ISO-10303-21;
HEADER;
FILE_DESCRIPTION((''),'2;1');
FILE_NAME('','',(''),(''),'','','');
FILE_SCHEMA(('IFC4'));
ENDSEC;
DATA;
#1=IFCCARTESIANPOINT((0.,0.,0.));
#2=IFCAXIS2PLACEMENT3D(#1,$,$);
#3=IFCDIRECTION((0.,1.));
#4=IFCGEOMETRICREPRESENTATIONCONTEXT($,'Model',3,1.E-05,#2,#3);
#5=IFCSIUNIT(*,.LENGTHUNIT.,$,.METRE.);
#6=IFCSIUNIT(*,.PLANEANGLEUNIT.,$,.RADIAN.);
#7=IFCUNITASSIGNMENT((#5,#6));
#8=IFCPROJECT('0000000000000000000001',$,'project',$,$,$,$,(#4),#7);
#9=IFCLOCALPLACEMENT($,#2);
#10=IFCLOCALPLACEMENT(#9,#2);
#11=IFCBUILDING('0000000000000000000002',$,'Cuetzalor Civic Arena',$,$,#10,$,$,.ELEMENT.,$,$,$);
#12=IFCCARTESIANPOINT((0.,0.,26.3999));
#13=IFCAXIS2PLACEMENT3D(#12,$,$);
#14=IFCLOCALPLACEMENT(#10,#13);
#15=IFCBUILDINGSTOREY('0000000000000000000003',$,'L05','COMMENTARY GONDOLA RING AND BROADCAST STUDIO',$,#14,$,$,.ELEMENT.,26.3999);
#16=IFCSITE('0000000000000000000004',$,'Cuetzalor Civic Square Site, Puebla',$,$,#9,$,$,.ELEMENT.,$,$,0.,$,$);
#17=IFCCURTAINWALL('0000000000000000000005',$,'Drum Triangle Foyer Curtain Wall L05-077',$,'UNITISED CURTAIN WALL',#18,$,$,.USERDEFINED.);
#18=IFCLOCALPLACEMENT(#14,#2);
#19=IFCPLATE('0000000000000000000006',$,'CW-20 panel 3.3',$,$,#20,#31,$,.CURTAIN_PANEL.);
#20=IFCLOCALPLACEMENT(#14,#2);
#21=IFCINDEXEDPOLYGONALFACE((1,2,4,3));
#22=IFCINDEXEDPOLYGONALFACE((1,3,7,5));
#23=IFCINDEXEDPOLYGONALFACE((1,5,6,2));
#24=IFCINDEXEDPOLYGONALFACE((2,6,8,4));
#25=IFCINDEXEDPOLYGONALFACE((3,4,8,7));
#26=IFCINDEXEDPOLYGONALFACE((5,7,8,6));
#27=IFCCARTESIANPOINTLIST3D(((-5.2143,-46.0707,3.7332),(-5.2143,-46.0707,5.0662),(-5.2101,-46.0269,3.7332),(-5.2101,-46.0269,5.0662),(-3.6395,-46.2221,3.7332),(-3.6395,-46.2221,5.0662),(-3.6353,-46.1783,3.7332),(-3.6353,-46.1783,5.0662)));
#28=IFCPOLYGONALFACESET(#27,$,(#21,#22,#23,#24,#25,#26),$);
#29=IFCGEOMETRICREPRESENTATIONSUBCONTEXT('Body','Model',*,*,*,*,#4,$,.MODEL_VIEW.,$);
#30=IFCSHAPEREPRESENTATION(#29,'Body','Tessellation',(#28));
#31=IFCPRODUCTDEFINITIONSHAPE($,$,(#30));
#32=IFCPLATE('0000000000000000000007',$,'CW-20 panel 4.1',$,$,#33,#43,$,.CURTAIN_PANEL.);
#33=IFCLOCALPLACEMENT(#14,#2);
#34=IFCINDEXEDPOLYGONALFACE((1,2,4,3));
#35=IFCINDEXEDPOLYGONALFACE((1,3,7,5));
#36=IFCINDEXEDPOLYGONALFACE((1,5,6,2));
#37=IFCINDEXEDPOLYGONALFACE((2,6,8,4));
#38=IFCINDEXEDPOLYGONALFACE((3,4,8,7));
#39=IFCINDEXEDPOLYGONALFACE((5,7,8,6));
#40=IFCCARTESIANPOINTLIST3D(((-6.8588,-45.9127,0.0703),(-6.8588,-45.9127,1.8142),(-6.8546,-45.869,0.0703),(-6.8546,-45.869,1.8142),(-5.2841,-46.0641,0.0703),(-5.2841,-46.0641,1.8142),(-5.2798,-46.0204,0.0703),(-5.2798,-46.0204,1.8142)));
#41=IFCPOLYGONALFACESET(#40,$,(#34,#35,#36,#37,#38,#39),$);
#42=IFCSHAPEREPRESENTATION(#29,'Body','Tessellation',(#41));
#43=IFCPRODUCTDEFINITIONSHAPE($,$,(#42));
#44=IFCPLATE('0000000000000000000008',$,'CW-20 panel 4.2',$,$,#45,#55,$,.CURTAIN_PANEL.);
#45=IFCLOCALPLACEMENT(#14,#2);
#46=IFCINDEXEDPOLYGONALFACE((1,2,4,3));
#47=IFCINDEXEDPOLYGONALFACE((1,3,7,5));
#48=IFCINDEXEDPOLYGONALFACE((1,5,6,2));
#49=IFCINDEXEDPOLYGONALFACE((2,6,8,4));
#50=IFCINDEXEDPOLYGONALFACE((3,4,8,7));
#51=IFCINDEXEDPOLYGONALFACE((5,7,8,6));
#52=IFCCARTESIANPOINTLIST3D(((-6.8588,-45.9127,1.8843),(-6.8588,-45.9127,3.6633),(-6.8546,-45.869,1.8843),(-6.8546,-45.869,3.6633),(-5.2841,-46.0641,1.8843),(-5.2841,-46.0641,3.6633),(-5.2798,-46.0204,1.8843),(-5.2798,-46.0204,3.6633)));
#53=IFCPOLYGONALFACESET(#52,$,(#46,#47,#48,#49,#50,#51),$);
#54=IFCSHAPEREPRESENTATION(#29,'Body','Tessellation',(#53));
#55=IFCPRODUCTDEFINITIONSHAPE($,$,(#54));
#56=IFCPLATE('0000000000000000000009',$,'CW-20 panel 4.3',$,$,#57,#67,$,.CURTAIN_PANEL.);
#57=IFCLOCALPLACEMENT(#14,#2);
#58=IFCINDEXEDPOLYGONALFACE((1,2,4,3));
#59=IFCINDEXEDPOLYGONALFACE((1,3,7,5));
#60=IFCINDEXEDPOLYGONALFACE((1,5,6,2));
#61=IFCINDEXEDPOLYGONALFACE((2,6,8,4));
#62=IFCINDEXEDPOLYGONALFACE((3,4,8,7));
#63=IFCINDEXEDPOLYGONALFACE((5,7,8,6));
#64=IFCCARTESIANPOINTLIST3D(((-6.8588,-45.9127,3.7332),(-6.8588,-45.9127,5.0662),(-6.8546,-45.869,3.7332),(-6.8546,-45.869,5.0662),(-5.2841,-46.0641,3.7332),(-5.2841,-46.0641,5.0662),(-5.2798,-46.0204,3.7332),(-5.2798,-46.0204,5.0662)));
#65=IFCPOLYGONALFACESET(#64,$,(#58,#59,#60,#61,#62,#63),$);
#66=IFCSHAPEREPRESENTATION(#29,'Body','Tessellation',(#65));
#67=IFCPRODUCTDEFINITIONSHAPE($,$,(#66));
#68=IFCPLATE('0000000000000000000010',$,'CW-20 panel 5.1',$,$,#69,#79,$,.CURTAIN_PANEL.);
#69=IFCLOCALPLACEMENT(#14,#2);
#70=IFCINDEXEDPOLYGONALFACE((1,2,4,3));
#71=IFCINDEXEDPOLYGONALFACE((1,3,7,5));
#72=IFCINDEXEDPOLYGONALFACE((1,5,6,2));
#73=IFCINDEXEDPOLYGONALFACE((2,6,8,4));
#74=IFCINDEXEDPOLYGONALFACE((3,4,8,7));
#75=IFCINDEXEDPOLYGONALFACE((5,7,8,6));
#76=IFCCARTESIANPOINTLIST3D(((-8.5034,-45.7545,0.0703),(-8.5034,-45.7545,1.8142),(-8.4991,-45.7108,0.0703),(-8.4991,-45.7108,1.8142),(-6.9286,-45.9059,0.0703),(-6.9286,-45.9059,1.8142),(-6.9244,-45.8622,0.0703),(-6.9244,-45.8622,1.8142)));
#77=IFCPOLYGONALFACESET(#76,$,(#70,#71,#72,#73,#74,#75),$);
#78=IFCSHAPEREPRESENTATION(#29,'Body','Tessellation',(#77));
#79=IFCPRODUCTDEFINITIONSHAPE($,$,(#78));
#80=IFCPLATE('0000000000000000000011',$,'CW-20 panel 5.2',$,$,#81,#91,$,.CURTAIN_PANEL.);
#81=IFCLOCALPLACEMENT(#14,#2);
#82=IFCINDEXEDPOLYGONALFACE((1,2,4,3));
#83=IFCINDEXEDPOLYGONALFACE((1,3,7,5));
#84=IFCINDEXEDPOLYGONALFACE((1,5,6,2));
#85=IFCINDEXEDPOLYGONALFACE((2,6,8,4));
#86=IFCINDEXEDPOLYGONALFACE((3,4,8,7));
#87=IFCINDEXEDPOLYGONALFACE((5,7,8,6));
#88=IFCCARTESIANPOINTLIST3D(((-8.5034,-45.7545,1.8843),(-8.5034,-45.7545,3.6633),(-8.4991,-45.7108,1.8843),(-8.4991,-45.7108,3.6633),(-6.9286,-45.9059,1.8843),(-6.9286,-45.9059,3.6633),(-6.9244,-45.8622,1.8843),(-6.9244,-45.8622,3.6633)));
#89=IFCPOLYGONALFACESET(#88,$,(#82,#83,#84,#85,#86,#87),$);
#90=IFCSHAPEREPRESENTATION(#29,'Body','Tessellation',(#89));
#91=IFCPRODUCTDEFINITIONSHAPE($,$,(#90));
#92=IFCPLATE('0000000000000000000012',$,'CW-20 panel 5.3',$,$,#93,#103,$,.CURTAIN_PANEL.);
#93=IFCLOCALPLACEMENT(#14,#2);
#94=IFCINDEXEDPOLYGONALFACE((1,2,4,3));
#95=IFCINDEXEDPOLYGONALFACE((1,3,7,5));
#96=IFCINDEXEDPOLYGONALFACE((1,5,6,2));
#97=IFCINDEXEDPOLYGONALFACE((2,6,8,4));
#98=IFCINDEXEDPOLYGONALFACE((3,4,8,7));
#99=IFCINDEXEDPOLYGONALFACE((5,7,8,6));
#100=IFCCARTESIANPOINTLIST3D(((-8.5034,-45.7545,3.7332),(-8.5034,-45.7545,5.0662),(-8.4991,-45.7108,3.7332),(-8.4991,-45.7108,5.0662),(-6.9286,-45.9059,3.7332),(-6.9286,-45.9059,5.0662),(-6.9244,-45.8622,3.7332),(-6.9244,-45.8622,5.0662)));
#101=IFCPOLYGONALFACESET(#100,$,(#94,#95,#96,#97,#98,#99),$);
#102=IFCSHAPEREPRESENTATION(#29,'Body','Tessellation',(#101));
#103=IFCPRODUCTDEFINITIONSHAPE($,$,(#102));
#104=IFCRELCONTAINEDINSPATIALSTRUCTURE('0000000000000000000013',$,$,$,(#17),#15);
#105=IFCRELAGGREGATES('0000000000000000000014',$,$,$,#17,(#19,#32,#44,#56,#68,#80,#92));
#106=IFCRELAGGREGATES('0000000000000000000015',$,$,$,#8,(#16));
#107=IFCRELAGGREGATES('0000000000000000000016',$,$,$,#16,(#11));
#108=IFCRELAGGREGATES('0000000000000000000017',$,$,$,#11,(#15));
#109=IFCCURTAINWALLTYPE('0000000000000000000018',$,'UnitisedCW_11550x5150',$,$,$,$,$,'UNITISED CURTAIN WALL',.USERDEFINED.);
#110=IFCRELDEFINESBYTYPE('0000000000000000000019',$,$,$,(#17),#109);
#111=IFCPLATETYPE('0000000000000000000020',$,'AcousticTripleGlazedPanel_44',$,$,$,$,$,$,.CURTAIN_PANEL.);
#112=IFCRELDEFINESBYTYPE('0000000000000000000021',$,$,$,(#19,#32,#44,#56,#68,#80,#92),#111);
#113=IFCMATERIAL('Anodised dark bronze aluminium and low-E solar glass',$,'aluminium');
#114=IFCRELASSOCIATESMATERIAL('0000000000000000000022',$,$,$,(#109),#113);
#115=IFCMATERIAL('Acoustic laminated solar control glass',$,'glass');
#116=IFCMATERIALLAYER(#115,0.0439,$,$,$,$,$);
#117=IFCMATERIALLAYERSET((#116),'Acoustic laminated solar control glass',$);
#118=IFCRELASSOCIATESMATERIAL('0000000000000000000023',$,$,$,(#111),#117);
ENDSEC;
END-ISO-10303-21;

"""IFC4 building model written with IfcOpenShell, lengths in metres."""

from ifc_helpers import new_model, si_unit, direction, frame, origin, origin_2d, place, context, subcontext, project, spatial, rectangle, extrude, material, layer, layer_set, type_object, element, aggregate, save


model = new_model("IFC4")

# Units and contexts
model_context = context("Model", 3, precision=1e-05, world=origin(), true_north=direction((0.0, 1.0)))
body_context = subcontext(model_context, "Body", "Model", "MODEL_VIEW")
ifc_project = project(units=[si_unit("LENGTHUNIT", "METRE"), si_unit("PLANEANGLEUNIT", "RADIAN")], contexts=[model_context])

# Site, building, storey
site_placement = place(None, origin())
site = spatial("IfcSite", under=ifc_project, at=site_placement, Name="Cuetzalor Civic Square Site, Puebla", CompositionType="ELEMENT", RefElevation=0.0)
building_placement = place(site_placement, origin())
building = spatial("IfcBuilding", under=site, at=building_placement, Name="Cuetzalor Civic Arena", CompositionType="ELEMENT")
storey_placement = place(building_placement, frame((0.0, 0.0, 26.3999)))
storey = spatial("IfcBuildingStorey", under=building, at=storey_placement, Name="L05", Description="COMMENTARY GONDOLA RING AND BROADCAST STUDIO", CompositionType="ELEMENT", Elevation=26.3999)

# Curtain wall, plates
ifc_material_1 = material(Name="Anodised dark bronze aluminium and low-E solar glass", Category="aluminium")
curtain_wall_type = type_object("IfcCurtainWallType", Name="UnitisedCW_11550x5150", ElementType="UNITISED CURTAIN WALL", PredefinedType="USERDEFINED", material=ifc_material_1)
curtain_wall_placement = place(storey_placement, origin())
curtain_wall = element("IfcCurtainWall", 1, at=curtain_wall_placement, inside=storey, type_object=curtain_wall_type, Name="Drum Triangle Foyer Curtain Wall L05-077", ObjectType="UNITISED CURTAIN WALL", PredefinedType="USERDEFINED")
ifc_material_2 = material(Name="Acoustic laminated solar control glass", Category="glass")
ifc_layer = layer(ifc_material_2, 0.0439)
ifc_layer_set = layer_set([ifc_layer], Name="Acoustic laminated solar control glass")
plate_type = type_object("IfcPlateType", Name="AcousticTripleGlazedPanel_44", PredefinedType="CURTAIN_PANEL", material=ifc_layer_set)
plate_1_placement = place(storey_placement, frame((-4.4248, -46.1245, 3.7332), z_axis=(0.0, 0.0, 1.0), x_axis=(-0.995409, 0.095711, 0.0)))
plate_1 = element("IfcPlate", 2, at=plate_1_placement, type_object=plate_type, Name="CW-20 panel 3.3", PredefinedType="CURTAIN_PANEL", context=body_context, shape_type="SweptSolid", body=[
    extrude(rectangle(XDim=1.582, YDim=0.0439, at=origin_2d()), origin(), (0.0, 0.0, 1.0), 1.333),
])
plate_2_placement = place(storey_placement, frame((-6.0693, -45.9666, 0.0703), z_axis=(0.0, 0.0, 1.0), x_axis=(-0.995409, 0.095711, 0.0)))
plate_2 = element("IfcPlate", 3, at=plate_2_placement, type_object=plate_type, Name="CW-20 panel 4.1", PredefinedType="CURTAIN_PANEL", context=body_context, shape_type="SweptSolid", body=[
    extrude(rectangle(XDim=1.582, YDim=0.0439, at=origin_2d()), origin(), (0.0, 0.0, 1.0), 1.7439),
])
plate_3_placement = place(storey_placement, frame((-6.0693, -45.9666, 1.8843), z_axis=(0.0, 0.0, 1.0), x_axis=(-0.995409, 0.095711, 0.0)))
plate_3 = element("IfcPlate", 4, at=plate_3_placement, type_object=plate_type, Name="CW-20 panel 4.2", PredefinedType="CURTAIN_PANEL", context=body_context, shape_type="SweptSolid", body=[
    extrude(rectangle(XDim=1.582, YDim=0.0439, at=origin_2d()), origin(), (0.0, 0.0, 1.0), 1.7791),
])
plate_4_placement = place(storey_placement, frame((-6.0693, -45.9666, 3.7332), z_axis=(0.0, 0.0, 1.0), x_axis=(-0.995409, 0.095711, 0.0)))
plate_4 = element("IfcPlate", 5, at=plate_4_placement, type_object=plate_type, Name="CW-20 panel 4.3", PredefinedType="CURTAIN_PANEL", context=body_context, shape_type="SweptSolid", body=[
    extrude(rectangle(XDim=1.582, YDim=0.0439, at=origin_2d()), origin(), (0.0, 0.0, 1.0), 1.333),
])
plate_5_placement = place(storey_placement, frame((-7.7139, -45.8083, 0.0703), z_axis=(0.0, 0.0, 1.0), x_axis=(-0.995409, 0.095711, 0.0)))
plate_5 = element("IfcPlate", 6, at=plate_5_placement, type_object=plate_type, Name="CW-20 panel 5.1", PredefinedType="CURTAIN_PANEL", context=body_context, shape_type="SweptSolid", body=[
    extrude(rectangle(XDim=1.582, YDim=0.0439, at=origin_2d()), origin(), (0.0, 0.0, 1.0), 1.7439),
])
plate_6_placement = place(storey_placement, frame((-7.7139, -45.8083, 1.8843), z_axis=(0.0, 0.0, 1.0), x_axis=(-0.995409, 0.095711, 0.0)))
plate_6 = element("IfcPlate", 7, at=plate_6_placement, type_object=plate_type, Name="CW-20 panel 5.2", PredefinedType="CURTAIN_PANEL", context=body_context, shape_type="SweptSolid", body=[
    extrude(rectangle(XDim=1.582, YDim=0.0439, at=origin_2d()), origin(), (0.0, 0.0, 1.0), 1.7791),
])
plate_7_placement = place(storey_placement, frame((-7.7139, -45.8083, 3.7332), z_axis=(0.0, 0.0, 1.0), x_axis=(-0.995409, 0.095711, 0.0)))
plate_7 = element("IfcPlate", 8, at=plate_7_placement, type_object=plate_type, Name="CW-20 panel 5.3", PredefinedType="CURTAIN_PANEL", context=body_context, shape_type="SweptSolid", body=[
    extrude(rectangle(XDim=1.582, YDim=0.0439, at=origin_2d()), origin(), (0.0, 0.0, 1.0), 1.333),
])
aggregate(curtain_wall, [plate_1, plate_2, plate_3, plate_4, plate_5, plate_6, plate_7])

save(model, "model.ifc")
